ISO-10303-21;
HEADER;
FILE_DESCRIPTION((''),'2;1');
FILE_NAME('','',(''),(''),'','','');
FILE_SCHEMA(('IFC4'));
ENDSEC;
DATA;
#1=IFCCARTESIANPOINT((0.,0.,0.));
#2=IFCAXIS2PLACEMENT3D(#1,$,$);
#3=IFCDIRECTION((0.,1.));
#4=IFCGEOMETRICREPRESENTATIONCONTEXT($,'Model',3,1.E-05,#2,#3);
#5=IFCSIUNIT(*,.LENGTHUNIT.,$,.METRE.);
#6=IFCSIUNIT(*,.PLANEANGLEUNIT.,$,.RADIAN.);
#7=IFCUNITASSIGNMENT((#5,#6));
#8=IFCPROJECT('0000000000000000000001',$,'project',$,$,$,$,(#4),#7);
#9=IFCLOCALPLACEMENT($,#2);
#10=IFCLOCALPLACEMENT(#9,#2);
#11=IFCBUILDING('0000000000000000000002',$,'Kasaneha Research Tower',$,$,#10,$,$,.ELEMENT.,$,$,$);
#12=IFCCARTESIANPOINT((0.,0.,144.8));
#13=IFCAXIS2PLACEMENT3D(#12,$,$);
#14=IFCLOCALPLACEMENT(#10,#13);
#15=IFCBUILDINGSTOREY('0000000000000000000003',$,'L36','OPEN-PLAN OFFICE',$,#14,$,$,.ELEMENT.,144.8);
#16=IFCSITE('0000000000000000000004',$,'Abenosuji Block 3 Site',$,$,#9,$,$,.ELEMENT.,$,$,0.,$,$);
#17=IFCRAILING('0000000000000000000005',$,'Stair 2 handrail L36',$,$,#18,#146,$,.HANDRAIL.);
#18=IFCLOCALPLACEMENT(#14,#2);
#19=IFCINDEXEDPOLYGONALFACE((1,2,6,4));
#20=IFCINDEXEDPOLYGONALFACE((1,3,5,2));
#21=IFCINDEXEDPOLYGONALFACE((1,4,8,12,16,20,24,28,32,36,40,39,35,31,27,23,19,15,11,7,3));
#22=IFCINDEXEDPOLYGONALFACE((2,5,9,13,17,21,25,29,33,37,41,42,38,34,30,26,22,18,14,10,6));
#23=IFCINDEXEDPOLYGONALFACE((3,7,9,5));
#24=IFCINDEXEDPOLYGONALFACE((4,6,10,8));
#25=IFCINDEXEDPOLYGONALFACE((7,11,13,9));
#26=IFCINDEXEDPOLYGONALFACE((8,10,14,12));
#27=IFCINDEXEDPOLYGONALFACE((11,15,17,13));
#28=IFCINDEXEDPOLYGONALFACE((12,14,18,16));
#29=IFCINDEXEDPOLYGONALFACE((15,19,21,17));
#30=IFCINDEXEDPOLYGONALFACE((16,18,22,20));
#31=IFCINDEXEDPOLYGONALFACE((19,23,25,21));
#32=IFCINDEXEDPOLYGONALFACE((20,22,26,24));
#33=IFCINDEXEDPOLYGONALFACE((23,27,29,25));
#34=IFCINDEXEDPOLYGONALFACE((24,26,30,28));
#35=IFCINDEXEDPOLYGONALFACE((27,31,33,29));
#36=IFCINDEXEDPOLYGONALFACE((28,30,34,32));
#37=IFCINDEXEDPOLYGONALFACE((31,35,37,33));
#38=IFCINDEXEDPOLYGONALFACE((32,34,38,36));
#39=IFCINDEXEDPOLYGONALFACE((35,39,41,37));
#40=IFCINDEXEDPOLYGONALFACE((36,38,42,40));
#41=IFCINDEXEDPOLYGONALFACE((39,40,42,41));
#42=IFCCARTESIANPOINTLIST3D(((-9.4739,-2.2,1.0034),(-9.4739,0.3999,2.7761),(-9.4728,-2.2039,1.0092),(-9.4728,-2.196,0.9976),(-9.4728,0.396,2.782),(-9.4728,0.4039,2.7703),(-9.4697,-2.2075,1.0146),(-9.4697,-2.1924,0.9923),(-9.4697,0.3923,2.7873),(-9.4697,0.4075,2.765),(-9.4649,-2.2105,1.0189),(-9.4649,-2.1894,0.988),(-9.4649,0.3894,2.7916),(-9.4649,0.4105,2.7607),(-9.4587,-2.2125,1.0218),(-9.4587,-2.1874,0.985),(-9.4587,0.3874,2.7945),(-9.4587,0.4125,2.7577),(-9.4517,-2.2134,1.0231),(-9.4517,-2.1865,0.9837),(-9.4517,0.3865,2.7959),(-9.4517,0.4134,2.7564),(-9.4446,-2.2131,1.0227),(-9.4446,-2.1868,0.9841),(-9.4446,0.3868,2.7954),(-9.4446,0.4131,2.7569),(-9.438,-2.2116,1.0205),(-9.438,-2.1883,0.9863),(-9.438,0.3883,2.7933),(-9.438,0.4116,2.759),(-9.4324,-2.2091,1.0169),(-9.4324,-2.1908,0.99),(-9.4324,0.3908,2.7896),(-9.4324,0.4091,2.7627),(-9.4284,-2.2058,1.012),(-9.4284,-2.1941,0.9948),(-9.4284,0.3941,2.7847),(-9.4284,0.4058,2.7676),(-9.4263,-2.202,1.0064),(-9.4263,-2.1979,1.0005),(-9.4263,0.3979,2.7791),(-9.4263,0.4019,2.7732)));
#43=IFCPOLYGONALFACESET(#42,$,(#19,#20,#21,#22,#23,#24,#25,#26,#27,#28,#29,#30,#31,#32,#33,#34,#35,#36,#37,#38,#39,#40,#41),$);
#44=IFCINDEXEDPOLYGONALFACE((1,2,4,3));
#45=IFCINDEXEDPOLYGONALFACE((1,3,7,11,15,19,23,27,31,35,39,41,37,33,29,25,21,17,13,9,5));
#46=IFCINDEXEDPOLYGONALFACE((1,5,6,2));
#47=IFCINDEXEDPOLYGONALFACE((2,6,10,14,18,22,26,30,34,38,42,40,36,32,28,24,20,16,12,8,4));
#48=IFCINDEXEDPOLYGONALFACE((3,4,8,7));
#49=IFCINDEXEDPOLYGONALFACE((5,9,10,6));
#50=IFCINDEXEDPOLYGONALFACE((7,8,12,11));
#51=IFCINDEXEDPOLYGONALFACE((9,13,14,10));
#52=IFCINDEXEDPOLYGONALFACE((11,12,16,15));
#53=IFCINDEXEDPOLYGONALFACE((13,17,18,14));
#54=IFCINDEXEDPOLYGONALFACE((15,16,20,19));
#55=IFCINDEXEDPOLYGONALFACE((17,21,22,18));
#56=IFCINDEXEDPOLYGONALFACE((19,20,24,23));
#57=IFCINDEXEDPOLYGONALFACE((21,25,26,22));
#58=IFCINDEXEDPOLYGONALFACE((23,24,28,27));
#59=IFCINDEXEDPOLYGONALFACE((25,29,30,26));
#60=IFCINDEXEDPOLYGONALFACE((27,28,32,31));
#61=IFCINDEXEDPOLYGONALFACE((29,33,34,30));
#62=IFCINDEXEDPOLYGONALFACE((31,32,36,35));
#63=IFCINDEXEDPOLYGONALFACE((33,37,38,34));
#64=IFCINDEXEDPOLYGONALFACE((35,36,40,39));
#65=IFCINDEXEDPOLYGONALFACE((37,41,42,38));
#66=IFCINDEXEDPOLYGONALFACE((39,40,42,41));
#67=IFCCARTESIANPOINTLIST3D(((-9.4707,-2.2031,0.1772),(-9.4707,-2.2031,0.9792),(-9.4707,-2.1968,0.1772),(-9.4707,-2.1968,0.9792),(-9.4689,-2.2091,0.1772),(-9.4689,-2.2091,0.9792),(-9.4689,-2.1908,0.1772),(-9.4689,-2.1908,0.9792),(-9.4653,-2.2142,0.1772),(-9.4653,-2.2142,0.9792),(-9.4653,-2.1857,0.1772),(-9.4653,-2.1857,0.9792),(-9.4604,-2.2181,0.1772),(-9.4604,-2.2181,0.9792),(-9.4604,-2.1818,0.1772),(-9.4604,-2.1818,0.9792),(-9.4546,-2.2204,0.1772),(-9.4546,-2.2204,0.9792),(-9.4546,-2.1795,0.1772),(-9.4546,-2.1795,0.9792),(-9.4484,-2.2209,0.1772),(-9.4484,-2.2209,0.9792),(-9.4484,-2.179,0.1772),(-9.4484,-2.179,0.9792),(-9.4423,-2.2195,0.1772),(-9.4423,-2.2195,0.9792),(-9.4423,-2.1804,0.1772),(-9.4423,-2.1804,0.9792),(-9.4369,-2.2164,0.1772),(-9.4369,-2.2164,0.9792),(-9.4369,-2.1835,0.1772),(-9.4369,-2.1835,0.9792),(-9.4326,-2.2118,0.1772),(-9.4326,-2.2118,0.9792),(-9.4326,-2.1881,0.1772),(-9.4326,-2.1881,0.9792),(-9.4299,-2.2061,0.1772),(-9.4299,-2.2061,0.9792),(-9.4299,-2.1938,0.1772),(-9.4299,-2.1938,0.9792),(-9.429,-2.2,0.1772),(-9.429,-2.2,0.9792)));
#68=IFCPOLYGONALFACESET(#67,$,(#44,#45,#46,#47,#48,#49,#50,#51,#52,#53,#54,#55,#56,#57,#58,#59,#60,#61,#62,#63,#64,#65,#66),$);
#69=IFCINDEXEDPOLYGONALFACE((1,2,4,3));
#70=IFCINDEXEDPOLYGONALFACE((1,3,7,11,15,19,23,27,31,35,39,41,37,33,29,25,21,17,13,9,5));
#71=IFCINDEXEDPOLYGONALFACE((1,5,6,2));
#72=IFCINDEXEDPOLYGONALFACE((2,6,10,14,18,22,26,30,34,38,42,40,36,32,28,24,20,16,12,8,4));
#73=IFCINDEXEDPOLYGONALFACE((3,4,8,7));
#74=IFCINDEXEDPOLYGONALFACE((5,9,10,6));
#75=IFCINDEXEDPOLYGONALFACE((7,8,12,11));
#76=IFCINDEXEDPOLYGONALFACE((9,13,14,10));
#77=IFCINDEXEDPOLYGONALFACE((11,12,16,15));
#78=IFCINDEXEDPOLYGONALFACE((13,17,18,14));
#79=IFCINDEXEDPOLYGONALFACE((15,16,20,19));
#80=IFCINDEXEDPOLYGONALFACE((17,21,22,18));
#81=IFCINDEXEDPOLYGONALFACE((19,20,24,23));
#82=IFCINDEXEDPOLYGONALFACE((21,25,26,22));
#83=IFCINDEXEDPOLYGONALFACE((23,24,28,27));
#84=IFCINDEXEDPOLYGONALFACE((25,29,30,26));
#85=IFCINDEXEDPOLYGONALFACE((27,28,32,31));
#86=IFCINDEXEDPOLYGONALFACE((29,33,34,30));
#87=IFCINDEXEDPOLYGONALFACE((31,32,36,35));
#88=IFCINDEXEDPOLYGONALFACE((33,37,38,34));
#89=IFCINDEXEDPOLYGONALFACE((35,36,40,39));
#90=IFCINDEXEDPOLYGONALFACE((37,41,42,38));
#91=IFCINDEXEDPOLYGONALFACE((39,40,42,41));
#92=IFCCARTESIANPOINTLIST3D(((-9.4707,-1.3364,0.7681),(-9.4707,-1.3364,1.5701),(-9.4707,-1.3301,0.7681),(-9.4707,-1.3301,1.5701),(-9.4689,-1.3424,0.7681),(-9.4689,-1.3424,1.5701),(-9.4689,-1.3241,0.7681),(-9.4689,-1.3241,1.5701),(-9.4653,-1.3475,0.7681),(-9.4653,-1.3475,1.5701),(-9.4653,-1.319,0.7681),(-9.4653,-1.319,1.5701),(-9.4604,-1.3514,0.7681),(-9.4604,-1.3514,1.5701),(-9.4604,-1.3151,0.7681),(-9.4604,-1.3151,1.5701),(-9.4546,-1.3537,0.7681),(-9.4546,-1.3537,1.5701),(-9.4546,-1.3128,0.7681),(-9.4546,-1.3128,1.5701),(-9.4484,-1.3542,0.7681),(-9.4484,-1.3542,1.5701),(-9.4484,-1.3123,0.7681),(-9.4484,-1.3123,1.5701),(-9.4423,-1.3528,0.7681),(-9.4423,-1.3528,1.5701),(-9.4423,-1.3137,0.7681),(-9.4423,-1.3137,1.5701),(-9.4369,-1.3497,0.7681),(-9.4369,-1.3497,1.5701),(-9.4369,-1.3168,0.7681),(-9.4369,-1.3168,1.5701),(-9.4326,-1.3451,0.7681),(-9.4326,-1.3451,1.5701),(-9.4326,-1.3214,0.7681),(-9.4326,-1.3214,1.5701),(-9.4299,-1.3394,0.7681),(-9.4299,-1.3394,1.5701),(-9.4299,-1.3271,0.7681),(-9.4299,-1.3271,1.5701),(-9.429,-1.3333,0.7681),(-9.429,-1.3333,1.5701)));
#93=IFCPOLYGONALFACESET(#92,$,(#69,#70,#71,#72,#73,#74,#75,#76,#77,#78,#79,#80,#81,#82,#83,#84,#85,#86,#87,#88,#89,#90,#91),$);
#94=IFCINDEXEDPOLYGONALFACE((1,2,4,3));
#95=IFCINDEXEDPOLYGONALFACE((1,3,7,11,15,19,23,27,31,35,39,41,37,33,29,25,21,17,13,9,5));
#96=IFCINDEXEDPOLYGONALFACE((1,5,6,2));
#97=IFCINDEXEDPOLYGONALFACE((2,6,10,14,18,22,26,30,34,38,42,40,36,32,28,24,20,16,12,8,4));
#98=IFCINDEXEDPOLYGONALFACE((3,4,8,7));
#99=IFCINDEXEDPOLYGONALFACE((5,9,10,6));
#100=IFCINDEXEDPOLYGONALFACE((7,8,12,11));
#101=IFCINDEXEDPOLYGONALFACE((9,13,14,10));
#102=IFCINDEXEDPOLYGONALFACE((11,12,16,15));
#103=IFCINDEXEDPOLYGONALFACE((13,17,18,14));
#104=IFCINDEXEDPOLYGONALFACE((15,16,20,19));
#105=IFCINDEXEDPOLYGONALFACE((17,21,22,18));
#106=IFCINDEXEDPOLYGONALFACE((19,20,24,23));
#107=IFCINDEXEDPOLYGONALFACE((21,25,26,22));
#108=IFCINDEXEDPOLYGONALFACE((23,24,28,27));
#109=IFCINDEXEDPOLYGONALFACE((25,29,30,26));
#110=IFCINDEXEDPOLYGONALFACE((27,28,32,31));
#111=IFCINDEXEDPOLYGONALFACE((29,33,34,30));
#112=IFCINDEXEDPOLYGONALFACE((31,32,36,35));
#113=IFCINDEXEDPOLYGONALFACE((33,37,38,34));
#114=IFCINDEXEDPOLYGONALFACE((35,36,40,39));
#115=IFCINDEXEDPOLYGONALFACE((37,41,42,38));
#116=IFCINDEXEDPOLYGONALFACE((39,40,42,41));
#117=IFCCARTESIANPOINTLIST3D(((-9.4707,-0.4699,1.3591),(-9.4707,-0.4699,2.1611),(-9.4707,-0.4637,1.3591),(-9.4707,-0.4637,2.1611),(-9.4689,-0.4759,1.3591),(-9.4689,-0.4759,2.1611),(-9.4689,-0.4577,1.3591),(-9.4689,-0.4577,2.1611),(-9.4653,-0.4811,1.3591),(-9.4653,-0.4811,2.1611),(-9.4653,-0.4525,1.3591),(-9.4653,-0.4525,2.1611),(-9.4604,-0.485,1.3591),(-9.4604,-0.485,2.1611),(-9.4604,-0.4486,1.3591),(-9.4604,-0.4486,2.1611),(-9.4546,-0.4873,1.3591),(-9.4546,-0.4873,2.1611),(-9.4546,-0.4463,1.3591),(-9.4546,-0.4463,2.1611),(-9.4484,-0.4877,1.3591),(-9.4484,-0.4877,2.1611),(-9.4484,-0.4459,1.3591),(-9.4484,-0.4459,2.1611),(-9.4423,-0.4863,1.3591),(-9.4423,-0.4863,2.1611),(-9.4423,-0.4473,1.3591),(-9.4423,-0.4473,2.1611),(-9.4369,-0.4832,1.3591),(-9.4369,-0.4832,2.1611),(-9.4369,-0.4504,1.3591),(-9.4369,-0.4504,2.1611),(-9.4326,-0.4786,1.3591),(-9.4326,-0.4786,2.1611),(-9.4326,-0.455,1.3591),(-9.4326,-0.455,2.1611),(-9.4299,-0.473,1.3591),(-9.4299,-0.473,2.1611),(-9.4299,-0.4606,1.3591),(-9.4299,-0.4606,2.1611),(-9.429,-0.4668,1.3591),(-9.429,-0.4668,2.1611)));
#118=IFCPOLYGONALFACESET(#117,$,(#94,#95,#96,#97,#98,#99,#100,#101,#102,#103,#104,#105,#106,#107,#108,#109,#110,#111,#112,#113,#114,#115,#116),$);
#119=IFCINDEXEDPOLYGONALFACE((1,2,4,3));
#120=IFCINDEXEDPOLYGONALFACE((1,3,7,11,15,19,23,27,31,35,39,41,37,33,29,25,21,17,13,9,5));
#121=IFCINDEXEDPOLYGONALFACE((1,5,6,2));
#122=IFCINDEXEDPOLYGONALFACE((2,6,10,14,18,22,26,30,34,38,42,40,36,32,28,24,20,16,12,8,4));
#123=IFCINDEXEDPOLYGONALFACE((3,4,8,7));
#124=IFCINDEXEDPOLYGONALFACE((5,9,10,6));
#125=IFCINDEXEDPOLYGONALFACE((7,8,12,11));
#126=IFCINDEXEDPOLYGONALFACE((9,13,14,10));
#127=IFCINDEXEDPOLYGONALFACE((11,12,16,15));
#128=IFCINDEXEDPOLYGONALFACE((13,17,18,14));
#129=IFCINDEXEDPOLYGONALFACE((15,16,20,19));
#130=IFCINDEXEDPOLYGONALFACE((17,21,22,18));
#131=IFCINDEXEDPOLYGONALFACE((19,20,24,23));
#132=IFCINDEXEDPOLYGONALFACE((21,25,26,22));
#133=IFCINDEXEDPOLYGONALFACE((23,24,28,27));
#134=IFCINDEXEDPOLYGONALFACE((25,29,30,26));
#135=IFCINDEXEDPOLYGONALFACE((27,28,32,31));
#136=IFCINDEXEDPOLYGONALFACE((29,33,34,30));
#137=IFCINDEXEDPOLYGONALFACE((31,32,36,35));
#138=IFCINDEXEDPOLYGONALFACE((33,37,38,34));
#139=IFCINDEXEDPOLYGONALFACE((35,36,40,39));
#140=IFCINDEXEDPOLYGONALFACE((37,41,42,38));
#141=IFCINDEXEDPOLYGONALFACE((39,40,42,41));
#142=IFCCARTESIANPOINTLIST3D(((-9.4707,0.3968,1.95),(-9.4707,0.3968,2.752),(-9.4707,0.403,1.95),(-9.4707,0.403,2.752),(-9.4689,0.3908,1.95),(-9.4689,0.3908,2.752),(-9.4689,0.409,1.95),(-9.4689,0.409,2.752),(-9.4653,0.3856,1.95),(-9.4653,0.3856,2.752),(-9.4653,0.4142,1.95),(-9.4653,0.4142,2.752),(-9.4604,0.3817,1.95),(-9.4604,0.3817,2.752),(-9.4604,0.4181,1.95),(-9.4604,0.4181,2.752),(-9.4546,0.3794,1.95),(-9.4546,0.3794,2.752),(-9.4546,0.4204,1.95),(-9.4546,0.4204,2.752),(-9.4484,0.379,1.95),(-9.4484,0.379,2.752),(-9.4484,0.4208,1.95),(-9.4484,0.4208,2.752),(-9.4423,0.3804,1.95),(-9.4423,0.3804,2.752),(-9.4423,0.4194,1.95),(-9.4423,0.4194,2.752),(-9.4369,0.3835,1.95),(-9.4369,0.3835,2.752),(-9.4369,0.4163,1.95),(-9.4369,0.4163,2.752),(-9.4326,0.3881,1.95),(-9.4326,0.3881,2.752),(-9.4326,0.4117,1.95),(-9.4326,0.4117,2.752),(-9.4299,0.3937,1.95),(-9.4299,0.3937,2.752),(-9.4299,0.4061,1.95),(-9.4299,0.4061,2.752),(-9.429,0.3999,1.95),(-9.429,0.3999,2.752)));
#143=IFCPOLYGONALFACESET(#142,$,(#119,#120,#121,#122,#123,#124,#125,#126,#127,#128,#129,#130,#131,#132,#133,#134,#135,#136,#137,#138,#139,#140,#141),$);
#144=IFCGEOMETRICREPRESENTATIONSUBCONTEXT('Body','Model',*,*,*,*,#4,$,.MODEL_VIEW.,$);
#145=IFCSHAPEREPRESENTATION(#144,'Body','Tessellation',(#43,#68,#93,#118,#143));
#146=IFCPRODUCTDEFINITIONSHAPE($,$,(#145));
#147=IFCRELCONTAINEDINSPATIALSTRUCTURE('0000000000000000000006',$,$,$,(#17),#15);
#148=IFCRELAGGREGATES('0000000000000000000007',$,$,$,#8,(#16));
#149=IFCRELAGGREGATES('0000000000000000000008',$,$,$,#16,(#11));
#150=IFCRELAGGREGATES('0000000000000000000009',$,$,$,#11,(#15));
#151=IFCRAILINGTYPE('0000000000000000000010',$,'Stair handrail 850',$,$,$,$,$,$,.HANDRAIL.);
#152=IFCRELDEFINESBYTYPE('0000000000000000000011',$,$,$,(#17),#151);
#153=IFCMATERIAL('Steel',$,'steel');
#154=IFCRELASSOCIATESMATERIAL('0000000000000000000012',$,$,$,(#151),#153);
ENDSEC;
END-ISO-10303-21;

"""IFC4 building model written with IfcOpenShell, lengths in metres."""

from ifc_helpers import new_model, si_unit, direction, frame, origin, origin_2d, place, context, subcontext, project, spatial, circle, extrude, material, type_object, element, save


model = new_model("IFC4")

# Units and contexts
model_context = context("Model", 3, precision=1e-05, world=origin(), true_north=direction((0.0, 1.0)))
body_context = subcontext(model_context, "Body", "Model", "MODEL_VIEW")
ifc_project = project(units=[si_unit("LENGTHUNIT", "METRE"), si_unit("PLANEANGLEUNIT", "RADIAN")], contexts=[model_context])

# Site, building, storey
site_placement = place(None, origin())
site = spatial("IfcSite", under=ifc_project, at=site_placement, Name="Abenosuji Block 3 Site", CompositionType="ELEMENT", RefElevation=0.0)
building_placement = place(site_placement, origin())
building = spatial("IfcBuilding", under=site, at=building_placement, Name="Kasaneha Research Tower", CompositionType="ELEMENT")
storey_placement = place(building_placement, frame((0.0, 0.0, 144.8)))
storey = spatial("IfcBuildingStorey", under=building, at=storey_placement, Name="L36", Description="OPEN-PLAN OFFICE", CompositionType="ELEMENT", Elevation=144.8)

# Railing
ifc_material_1 = material(Name="Steel", Category="steel")
railing_type_1 = type_object("IfcRailingType", Name="Stair handrail 850", PredefinedType="HANDRAIL", material=ifc_material_1)
railing_1_placement = place(storey_placement, frame((-9.45, -2.2, 0.1772)))
element("IfcRailing", 1, at=railing_1_placement, inside=storey, type_object=railing_type_1, Name="Stair 2 handrail L36", PredefinedType="HANDRAIL", context=body_context, shape_type="SweptSolid", body=[
    extrude(circle(Radius=0.0239, at=origin_2d()), frame((0.0, 0.0, 0.8262), z_axis=(0.0, 0.826216, 0.563354), x_axis=(-1.0, 0.0, 0.0)), (0.0, 0.0, 1.0), 3.1467),
    extrude(circle(Radius=0.021, at=origin_2d()), origin(), (0.0, 0.0, 1.0), 0.802),
    extrude(circle(Radius=0.021, at=origin_2d()), frame((0.0, 0.8667, 0.5908)), (0.0, 0.0, 1.0), 0.802),
    extrude(circle(Radius=0.021, at=origin_2d()), frame((0.0, 1.7332, 1.1819)), (0.0, 0.0, 1.0), 0.802),
    extrude(circle(Radius=0.021, at=origin_2d()), frame((0.0, 2.5999, 1.7727)), (0.0, 0.0, 1.0), 0.802),
])

save(model, "model.ifc")
